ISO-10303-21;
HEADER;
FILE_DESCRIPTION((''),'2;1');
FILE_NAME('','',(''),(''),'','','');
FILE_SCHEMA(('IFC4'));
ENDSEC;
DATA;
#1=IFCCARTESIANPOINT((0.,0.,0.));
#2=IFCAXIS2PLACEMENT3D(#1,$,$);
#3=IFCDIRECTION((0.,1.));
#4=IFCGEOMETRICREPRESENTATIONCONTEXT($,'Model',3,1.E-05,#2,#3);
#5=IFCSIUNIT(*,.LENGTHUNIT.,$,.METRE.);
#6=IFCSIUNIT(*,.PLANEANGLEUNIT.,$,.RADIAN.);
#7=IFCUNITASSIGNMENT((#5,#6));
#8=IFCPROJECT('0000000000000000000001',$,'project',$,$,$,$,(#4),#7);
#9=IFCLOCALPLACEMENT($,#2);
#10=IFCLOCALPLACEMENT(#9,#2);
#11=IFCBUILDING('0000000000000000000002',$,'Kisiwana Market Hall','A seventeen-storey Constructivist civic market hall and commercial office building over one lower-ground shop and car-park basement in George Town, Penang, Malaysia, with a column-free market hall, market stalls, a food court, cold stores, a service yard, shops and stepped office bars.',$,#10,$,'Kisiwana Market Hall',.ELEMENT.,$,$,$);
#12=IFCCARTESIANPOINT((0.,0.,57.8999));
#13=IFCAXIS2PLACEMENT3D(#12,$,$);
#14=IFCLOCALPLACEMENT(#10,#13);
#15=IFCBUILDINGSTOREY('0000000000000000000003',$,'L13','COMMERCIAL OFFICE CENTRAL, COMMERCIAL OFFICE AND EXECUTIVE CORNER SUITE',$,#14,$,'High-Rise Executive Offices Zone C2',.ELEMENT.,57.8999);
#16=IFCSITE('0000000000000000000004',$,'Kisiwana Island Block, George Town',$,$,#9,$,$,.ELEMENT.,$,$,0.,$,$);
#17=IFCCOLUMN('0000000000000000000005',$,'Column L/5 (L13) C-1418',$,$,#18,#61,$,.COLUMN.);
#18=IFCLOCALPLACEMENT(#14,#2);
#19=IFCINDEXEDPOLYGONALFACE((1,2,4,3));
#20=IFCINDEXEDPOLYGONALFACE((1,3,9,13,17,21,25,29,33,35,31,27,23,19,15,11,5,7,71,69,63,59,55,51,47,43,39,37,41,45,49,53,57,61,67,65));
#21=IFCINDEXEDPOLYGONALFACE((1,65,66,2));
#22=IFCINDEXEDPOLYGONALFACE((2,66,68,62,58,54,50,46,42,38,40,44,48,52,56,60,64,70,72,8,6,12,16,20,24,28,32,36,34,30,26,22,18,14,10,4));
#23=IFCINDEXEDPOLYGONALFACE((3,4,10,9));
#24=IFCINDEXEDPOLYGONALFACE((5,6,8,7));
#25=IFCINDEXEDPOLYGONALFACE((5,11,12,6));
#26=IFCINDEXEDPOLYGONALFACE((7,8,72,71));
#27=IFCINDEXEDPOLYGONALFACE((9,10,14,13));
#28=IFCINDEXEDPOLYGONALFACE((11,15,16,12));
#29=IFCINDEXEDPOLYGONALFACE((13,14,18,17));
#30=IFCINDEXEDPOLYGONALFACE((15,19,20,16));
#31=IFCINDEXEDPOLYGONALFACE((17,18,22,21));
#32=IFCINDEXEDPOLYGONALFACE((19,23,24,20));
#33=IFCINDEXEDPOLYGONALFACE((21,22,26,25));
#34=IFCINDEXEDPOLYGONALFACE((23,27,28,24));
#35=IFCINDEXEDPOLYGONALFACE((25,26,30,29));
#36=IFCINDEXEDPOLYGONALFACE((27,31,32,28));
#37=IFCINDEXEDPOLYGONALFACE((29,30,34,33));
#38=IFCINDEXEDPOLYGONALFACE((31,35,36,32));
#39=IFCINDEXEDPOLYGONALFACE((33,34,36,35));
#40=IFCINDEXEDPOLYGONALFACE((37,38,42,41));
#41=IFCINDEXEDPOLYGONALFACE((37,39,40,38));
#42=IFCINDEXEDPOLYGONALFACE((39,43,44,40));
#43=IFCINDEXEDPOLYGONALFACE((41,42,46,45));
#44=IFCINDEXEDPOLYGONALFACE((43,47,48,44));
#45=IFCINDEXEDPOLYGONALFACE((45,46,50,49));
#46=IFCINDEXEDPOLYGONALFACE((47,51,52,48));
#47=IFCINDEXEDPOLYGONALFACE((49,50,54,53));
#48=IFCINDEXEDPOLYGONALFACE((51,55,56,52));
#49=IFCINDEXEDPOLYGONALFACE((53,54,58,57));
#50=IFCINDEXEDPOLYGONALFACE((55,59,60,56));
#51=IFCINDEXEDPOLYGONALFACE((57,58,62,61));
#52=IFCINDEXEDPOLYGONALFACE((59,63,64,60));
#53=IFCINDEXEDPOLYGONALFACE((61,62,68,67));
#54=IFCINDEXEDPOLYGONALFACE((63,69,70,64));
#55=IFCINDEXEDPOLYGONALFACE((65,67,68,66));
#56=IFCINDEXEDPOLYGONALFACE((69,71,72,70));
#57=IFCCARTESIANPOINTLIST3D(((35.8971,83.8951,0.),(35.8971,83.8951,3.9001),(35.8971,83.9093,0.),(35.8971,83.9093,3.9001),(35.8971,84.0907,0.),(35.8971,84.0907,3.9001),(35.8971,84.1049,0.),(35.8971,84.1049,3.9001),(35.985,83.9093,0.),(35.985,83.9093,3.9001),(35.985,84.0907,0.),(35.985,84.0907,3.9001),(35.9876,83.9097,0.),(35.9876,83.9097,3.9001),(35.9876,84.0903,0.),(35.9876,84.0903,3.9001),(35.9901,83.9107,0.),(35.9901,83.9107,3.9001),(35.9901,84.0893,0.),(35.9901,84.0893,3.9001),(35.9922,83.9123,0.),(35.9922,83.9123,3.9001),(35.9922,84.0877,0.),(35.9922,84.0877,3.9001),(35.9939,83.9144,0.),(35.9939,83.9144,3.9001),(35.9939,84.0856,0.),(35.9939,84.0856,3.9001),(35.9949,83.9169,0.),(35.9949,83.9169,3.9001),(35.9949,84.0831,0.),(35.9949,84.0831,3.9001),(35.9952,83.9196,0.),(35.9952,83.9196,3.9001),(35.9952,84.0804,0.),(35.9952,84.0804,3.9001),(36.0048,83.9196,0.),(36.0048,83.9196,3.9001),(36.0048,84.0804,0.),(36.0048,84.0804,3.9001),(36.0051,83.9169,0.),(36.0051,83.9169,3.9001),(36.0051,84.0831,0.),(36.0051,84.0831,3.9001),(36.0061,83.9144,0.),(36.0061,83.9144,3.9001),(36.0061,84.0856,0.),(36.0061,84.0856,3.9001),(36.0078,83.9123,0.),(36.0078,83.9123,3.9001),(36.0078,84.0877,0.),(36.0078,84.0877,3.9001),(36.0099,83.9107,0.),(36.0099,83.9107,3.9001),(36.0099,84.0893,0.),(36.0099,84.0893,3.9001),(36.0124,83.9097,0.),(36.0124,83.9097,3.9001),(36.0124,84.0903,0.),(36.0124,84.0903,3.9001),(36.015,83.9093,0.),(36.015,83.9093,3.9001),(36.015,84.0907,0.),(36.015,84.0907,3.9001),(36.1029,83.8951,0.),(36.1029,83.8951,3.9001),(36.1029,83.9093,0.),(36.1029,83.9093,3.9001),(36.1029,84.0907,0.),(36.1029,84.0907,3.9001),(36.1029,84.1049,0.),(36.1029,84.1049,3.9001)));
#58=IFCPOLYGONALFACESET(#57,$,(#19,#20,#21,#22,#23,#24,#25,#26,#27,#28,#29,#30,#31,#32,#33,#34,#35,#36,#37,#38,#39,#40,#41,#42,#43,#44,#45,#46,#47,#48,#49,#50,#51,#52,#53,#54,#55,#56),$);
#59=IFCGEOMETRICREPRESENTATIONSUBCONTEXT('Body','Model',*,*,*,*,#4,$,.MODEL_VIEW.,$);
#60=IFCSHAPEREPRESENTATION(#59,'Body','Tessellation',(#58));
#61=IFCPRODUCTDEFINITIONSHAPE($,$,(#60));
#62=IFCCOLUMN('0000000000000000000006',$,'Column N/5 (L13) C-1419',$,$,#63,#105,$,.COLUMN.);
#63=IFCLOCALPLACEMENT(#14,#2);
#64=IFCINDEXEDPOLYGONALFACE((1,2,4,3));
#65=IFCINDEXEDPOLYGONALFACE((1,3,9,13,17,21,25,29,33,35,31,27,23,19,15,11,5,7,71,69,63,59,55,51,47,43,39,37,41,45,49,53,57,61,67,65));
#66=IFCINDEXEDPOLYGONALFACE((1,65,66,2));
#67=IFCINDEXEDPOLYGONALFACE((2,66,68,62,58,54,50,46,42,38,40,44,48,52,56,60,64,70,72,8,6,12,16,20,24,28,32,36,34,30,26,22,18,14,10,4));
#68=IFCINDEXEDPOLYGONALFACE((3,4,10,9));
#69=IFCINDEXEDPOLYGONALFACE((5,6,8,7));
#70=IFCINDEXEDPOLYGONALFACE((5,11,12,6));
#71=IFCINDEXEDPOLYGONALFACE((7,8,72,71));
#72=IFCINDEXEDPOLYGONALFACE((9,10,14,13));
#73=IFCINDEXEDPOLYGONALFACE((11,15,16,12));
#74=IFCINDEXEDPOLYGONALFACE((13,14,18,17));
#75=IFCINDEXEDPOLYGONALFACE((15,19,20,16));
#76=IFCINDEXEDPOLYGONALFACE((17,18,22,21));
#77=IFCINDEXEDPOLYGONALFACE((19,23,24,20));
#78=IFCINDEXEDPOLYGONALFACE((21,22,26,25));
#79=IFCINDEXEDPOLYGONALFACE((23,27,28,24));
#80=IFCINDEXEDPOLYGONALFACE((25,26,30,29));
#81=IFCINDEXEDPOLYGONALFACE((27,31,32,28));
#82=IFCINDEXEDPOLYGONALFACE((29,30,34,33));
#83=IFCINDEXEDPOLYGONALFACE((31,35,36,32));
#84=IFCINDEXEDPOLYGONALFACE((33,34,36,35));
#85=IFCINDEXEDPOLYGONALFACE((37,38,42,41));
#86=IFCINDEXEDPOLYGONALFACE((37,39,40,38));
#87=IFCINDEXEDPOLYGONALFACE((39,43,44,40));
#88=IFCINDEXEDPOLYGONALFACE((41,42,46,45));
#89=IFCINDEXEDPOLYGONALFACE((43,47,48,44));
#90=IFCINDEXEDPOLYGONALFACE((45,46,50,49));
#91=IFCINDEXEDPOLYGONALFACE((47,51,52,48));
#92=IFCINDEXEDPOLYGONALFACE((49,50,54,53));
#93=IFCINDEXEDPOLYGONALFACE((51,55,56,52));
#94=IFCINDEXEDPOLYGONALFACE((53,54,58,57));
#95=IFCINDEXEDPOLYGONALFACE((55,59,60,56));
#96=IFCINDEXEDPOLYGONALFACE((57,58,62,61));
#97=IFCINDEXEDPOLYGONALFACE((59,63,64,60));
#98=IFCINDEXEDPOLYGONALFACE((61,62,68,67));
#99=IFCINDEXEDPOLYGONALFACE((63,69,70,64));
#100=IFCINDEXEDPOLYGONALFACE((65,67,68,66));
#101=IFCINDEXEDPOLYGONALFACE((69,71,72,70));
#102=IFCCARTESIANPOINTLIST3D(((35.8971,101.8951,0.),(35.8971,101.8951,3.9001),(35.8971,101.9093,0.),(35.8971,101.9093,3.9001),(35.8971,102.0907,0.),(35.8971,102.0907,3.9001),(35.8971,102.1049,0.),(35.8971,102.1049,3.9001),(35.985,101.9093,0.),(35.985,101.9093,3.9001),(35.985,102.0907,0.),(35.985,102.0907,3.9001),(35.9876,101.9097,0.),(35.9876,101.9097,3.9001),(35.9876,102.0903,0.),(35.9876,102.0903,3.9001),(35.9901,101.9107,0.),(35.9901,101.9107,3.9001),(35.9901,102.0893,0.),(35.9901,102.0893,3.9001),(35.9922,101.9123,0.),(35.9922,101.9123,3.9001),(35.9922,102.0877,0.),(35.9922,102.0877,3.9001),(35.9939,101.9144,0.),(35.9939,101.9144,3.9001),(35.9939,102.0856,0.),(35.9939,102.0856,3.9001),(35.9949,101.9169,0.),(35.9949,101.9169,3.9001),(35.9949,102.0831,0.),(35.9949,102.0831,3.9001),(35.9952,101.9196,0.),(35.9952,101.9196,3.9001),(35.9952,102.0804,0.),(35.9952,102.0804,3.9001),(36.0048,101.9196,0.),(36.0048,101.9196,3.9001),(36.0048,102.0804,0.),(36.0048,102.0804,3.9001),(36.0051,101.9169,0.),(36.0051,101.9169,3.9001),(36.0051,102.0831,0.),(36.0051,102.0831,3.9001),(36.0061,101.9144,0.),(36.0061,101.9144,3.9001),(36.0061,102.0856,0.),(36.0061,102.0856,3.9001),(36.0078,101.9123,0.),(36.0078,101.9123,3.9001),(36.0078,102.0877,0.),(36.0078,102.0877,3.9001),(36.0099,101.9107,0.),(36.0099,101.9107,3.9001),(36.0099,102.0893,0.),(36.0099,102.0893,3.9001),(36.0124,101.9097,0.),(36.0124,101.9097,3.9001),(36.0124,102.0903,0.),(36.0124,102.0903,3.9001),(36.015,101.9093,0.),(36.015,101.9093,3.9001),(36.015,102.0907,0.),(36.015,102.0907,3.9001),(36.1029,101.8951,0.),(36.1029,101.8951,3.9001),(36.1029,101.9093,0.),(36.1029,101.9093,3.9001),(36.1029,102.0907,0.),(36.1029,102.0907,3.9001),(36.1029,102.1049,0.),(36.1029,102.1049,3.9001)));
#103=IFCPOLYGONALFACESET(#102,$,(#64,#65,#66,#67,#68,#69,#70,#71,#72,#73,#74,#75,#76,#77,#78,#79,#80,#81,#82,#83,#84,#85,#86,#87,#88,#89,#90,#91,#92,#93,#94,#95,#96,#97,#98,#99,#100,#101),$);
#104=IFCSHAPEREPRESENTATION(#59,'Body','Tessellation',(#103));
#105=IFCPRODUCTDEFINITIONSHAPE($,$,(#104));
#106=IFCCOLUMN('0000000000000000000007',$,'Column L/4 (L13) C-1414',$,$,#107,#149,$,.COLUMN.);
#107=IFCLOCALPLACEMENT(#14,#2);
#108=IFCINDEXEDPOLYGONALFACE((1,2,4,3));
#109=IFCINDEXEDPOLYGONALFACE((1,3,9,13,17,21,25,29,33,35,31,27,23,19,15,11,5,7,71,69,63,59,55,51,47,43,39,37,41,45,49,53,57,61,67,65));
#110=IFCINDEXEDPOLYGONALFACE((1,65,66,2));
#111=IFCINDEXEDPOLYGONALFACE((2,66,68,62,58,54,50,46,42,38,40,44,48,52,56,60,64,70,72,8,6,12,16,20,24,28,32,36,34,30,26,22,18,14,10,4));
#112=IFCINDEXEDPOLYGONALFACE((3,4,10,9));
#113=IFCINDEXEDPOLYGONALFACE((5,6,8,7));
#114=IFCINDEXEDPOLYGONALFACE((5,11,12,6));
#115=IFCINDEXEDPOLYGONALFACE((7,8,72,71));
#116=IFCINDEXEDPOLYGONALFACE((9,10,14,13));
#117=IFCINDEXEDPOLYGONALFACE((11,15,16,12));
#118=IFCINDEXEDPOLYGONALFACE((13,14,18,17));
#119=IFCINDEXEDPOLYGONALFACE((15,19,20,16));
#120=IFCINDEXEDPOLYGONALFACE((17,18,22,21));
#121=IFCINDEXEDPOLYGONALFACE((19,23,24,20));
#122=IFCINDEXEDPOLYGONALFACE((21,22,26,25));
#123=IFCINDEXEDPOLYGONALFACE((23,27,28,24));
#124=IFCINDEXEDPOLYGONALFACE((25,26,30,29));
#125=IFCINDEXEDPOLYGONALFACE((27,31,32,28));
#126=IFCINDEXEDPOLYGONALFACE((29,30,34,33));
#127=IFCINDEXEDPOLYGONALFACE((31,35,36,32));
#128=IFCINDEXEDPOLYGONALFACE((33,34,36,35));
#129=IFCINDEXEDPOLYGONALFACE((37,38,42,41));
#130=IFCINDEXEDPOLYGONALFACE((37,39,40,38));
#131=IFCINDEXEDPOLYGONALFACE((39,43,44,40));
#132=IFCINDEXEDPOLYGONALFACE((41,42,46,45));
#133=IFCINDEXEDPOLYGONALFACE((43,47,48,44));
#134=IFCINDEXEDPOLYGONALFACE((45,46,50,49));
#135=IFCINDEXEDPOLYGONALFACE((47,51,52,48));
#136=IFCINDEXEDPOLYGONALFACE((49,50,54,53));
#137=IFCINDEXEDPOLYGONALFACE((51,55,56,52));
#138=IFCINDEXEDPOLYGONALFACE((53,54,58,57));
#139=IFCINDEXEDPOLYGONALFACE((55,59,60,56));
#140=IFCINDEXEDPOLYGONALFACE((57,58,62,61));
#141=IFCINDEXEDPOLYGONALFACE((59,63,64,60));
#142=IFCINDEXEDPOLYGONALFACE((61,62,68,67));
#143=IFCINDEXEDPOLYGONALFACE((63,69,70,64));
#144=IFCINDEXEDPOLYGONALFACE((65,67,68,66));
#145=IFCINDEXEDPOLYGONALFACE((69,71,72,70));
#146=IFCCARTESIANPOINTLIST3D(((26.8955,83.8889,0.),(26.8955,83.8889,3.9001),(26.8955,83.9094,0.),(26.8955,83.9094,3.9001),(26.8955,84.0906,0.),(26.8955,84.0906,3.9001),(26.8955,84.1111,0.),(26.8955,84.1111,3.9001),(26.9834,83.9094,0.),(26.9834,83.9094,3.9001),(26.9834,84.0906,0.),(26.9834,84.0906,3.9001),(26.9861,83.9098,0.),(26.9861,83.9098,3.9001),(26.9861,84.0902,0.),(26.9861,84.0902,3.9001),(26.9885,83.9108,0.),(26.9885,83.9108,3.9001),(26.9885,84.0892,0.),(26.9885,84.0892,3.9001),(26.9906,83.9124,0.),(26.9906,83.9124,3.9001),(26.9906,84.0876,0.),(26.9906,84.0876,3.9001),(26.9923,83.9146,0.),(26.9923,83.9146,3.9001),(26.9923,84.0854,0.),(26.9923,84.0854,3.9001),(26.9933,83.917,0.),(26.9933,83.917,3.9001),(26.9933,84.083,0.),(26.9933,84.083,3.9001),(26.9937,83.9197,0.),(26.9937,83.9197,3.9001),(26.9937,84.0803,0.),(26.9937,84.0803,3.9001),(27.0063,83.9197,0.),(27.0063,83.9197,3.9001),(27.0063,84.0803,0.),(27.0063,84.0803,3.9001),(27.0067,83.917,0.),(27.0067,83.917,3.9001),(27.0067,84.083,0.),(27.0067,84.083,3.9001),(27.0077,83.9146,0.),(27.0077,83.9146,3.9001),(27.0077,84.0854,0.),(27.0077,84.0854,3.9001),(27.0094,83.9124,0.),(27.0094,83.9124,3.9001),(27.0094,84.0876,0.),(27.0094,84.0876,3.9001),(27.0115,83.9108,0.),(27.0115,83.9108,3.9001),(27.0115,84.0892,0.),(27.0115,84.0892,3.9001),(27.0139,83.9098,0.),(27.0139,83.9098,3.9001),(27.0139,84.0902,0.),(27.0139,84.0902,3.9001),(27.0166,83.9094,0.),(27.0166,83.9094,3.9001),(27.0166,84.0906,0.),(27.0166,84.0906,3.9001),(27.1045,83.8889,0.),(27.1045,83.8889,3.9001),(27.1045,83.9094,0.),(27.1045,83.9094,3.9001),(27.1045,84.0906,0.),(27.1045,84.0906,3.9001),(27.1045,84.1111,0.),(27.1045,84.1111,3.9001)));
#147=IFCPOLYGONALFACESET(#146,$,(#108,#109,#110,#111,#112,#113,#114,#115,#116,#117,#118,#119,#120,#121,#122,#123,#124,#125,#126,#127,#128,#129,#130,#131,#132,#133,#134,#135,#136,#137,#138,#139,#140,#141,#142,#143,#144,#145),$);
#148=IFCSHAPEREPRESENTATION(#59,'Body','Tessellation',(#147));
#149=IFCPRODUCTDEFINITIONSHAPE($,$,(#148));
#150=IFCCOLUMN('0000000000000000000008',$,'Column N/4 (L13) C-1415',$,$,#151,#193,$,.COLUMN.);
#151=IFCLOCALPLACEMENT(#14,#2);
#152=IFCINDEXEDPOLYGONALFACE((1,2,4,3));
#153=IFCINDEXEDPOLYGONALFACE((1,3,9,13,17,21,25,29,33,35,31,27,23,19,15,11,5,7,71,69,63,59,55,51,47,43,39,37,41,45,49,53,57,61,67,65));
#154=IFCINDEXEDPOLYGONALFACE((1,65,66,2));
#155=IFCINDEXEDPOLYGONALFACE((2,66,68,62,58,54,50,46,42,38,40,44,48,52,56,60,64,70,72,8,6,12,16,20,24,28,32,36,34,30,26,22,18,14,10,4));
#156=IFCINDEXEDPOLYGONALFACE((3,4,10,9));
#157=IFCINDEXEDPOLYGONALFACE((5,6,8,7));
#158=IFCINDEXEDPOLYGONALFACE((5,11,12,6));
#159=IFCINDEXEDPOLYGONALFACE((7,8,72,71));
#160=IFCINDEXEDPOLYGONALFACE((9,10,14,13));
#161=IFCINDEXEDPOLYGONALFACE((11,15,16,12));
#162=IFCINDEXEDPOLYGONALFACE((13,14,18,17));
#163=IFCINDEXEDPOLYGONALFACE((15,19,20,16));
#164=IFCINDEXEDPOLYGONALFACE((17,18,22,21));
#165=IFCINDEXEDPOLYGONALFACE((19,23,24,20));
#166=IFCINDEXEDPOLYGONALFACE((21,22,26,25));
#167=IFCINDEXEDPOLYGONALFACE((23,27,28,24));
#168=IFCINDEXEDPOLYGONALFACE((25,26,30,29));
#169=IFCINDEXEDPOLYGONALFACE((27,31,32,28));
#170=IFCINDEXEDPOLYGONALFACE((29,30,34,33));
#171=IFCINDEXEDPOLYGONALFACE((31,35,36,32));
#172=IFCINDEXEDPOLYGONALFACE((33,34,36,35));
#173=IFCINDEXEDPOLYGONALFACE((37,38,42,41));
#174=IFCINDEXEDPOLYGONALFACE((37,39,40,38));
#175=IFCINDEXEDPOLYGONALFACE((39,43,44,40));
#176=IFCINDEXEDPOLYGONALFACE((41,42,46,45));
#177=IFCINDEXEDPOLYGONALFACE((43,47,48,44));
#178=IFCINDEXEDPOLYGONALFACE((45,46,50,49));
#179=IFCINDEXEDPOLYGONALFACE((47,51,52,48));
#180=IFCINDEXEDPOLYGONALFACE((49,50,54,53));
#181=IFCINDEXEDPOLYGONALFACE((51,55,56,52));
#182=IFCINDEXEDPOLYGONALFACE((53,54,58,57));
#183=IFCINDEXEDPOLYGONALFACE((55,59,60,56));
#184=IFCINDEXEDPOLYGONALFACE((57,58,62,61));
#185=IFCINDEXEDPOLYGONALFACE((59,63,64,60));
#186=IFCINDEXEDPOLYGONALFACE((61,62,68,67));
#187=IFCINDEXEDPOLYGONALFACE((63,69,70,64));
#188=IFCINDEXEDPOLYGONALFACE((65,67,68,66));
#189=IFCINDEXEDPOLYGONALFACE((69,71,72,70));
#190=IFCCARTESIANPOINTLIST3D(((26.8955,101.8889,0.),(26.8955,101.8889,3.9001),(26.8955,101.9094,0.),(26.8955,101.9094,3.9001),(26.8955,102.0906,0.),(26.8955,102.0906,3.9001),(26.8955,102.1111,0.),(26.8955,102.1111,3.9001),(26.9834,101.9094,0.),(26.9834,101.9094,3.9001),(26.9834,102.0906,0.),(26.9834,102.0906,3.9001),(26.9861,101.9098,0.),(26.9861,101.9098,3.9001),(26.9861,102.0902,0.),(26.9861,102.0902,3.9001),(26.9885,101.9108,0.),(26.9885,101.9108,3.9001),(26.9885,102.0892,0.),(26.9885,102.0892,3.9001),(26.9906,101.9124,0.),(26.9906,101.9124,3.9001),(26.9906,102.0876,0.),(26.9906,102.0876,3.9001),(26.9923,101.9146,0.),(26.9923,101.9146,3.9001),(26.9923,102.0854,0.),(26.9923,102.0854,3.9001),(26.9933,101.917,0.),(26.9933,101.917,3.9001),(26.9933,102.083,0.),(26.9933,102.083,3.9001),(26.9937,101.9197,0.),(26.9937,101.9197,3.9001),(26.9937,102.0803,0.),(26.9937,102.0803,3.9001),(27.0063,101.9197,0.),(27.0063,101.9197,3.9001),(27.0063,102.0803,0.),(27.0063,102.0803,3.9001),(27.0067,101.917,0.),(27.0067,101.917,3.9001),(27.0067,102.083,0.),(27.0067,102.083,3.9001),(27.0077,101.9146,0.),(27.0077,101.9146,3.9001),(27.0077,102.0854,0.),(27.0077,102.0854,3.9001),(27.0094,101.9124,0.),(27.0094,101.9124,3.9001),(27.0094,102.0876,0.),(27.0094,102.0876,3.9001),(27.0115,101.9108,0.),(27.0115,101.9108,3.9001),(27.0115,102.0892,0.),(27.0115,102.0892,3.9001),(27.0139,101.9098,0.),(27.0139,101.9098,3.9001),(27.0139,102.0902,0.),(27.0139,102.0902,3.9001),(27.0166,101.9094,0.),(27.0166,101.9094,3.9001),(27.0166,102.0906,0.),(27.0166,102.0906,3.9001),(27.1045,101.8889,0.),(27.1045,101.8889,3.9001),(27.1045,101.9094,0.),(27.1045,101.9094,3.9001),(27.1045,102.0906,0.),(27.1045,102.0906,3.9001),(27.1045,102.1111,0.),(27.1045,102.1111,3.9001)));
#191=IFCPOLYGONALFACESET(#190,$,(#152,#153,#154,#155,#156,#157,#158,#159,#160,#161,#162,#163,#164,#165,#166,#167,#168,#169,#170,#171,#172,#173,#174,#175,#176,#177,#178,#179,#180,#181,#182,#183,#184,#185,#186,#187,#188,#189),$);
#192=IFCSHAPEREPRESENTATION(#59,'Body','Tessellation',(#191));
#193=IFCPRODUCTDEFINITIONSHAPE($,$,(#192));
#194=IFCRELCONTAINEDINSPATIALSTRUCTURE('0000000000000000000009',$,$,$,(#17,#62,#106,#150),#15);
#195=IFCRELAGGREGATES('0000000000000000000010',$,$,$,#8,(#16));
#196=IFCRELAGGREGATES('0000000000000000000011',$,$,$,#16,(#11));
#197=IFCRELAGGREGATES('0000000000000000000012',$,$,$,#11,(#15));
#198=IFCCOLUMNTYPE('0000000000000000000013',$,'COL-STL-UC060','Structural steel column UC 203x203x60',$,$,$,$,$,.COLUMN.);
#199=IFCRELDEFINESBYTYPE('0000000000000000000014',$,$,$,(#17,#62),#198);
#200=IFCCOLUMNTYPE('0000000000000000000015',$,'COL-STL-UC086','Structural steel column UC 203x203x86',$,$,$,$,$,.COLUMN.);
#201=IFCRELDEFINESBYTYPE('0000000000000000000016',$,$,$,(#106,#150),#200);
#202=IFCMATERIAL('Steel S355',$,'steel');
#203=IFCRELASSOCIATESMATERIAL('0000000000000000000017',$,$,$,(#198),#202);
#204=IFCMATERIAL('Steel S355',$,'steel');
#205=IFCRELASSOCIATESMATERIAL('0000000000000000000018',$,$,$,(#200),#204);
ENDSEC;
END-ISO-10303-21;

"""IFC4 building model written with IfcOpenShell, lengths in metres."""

from ifc_helpers import new_model, si_unit, direction, frame, origin, origin_2d, place, context, subcontext, project, spatial, i_section, extrude, material, material_profile, profile_set, type_object, element, save


model = new_model("IFC4")

# Units and contexts
model_context = context("Model", 3, precision=1e-05, world=origin(), true_north=direction((0.0, 1.0)))
body_context = subcontext(model_context, "Body", "Model", "MODEL_VIEW")
ifc_project = project(units=[si_unit("LENGTHUNIT", "METRE"), si_unit("PLANEANGLEUNIT", "RADIAN")], contexts=[model_context])

# Site, building, storey
site_placement = place(None, origin())
site = spatial("IfcSite", under=ifc_project, at=site_placement, Name="Kisiwana Island Block, George Town", CompositionType="ELEMENT", RefElevation=0.0)
building_placement = place(site_placement, origin())
building = spatial("IfcBuilding", under=site, at=building_placement, Name="Kisiwana Market Hall", Description="A seventeen-storey Constructivist civic market hall and commercial office building over one lower-ground shop and car-park basement in George Town, Penang, Malaysia, with a column-free market hall, market stalls, a food court, cold stores, a service yard, shops and stepped office bars.", LongName="Kisiwana Market Hall", CompositionType="ELEMENT")
storey_placement = place(building_placement, frame((0.0, 0.0, 57.8999)))
storey = spatial("IfcBuildingStorey", under=building, at=storey_placement, Name="L13", Description="COMMERCIAL OFFICE CENTRAL, COMMERCIAL OFFICE AND EXECUTIVE CORNER SUITE", LongName="High-Rise Executive Offices Zone C2", CompositionType="ELEMENT", Elevation=57.8999)

# Columns
ifc_material_1 = material(Name="Steel S355", Category="steel")
ifc_material_profile_1 = material_profile(ifc_material_1, i_section(OverallWidth=0.2058, OverallDepth=0.2097, WebThickness=0.0095, FlangeThickness=0.0142, FilletRadius=0.0103, at=origin_2d()), Name="UC 203x203x60")
ifc_profile_set_1 = profile_set([ifc_material_profile_1], Name="Steel S355")
column_type_1 = type_object("IfcColumnType", Name="COL-STL-UC060", Description="Structural steel column UC 203x203x60", PredefinedType="COLUMN", material=ifc_profile_set_1)
for number, where, z_axis, x_axis, name in (
    (1, (36.0, 84.0, 0.0), (0.0, 0.0, 1.0), (1.0, 0.0, 0.0), "Column L/5 (L13) C-1418"),
    (2, (36.0, 102.0, 0.0), (0.0, 0.0, 1.0), (1.0, 0.0, 0.0), "Column N/5 (L13) C-1419"),
):
    element("IfcColumn", number, at=place(storey_placement, frame(where, z_axis=z_axis, x_axis=x_axis)), inside=storey, type_object=column_type_1, Name=name, PredefinedType="COLUMN", context=body_context, shape_type="SweptSolid", body=[
        extrude(i_section(OverallWidth=0.2058, OverallDepth=0.2097, WebThickness=0.0095, FlangeThickness=0.0142, FilletRadius=0.0103, at=origin_2d()), origin(), (0.0, 0.0, 1.0), 3.9001),
    ])
ifc_material_2 = material(Name="Steel S355", Category="steel")
ifc_material_profile_2 = material_profile(ifc_material_2, i_section(OverallWidth=0.209, OverallDepth=0.2222, WebThickness=0.0127, FlangeThickness=0.0205, FilletRadius=0.0103, at=origin_2d()), Name="UC 203x203x86")
ifc_profile_set_2 = profile_set([ifc_material_profile_2], Name="Steel S355")
column_type_2 = type_object("IfcColumnType", Name="COL-STL-UC086", Description="Structural steel column UC 203x203x86", PredefinedType="COLUMN", material=ifc_profile_set_2)
for number, where, z_axis, x_axis, name in (
    (3, (27.0, 84.0, 0.0), (0.0, 0.0, 1.0), (1.0, 0.0, 0.0), "Column L/4 (L13) C-1414"),
    (4, (27.0, 102.0, 0.0), (0.0, 0.0, 1.0), (1.0, 0.0, 0.0), "Column N/4 (L13) C-1415"),
):
    element("IfcColumn", number, at=place(storey_placement, frame(where, z_axis=z_axis, x_axis=x_axis)), inside=storey, type_object=column_type_2, Name=name, PredefinedType="COLUMN", context=body_context, shape_type="SweptSolid", body=[
        extrude(i_section(OverallWidth=0.209, OverallDepth=0.2222, WebThickness=0.0127, FlangeThickness=0.0205, FilletRadius=0.0103, at=origin_2d()), origin(), (0.0, 0.0, 1.0), 3.9001),
    ])

save(model, "model.ifc")
